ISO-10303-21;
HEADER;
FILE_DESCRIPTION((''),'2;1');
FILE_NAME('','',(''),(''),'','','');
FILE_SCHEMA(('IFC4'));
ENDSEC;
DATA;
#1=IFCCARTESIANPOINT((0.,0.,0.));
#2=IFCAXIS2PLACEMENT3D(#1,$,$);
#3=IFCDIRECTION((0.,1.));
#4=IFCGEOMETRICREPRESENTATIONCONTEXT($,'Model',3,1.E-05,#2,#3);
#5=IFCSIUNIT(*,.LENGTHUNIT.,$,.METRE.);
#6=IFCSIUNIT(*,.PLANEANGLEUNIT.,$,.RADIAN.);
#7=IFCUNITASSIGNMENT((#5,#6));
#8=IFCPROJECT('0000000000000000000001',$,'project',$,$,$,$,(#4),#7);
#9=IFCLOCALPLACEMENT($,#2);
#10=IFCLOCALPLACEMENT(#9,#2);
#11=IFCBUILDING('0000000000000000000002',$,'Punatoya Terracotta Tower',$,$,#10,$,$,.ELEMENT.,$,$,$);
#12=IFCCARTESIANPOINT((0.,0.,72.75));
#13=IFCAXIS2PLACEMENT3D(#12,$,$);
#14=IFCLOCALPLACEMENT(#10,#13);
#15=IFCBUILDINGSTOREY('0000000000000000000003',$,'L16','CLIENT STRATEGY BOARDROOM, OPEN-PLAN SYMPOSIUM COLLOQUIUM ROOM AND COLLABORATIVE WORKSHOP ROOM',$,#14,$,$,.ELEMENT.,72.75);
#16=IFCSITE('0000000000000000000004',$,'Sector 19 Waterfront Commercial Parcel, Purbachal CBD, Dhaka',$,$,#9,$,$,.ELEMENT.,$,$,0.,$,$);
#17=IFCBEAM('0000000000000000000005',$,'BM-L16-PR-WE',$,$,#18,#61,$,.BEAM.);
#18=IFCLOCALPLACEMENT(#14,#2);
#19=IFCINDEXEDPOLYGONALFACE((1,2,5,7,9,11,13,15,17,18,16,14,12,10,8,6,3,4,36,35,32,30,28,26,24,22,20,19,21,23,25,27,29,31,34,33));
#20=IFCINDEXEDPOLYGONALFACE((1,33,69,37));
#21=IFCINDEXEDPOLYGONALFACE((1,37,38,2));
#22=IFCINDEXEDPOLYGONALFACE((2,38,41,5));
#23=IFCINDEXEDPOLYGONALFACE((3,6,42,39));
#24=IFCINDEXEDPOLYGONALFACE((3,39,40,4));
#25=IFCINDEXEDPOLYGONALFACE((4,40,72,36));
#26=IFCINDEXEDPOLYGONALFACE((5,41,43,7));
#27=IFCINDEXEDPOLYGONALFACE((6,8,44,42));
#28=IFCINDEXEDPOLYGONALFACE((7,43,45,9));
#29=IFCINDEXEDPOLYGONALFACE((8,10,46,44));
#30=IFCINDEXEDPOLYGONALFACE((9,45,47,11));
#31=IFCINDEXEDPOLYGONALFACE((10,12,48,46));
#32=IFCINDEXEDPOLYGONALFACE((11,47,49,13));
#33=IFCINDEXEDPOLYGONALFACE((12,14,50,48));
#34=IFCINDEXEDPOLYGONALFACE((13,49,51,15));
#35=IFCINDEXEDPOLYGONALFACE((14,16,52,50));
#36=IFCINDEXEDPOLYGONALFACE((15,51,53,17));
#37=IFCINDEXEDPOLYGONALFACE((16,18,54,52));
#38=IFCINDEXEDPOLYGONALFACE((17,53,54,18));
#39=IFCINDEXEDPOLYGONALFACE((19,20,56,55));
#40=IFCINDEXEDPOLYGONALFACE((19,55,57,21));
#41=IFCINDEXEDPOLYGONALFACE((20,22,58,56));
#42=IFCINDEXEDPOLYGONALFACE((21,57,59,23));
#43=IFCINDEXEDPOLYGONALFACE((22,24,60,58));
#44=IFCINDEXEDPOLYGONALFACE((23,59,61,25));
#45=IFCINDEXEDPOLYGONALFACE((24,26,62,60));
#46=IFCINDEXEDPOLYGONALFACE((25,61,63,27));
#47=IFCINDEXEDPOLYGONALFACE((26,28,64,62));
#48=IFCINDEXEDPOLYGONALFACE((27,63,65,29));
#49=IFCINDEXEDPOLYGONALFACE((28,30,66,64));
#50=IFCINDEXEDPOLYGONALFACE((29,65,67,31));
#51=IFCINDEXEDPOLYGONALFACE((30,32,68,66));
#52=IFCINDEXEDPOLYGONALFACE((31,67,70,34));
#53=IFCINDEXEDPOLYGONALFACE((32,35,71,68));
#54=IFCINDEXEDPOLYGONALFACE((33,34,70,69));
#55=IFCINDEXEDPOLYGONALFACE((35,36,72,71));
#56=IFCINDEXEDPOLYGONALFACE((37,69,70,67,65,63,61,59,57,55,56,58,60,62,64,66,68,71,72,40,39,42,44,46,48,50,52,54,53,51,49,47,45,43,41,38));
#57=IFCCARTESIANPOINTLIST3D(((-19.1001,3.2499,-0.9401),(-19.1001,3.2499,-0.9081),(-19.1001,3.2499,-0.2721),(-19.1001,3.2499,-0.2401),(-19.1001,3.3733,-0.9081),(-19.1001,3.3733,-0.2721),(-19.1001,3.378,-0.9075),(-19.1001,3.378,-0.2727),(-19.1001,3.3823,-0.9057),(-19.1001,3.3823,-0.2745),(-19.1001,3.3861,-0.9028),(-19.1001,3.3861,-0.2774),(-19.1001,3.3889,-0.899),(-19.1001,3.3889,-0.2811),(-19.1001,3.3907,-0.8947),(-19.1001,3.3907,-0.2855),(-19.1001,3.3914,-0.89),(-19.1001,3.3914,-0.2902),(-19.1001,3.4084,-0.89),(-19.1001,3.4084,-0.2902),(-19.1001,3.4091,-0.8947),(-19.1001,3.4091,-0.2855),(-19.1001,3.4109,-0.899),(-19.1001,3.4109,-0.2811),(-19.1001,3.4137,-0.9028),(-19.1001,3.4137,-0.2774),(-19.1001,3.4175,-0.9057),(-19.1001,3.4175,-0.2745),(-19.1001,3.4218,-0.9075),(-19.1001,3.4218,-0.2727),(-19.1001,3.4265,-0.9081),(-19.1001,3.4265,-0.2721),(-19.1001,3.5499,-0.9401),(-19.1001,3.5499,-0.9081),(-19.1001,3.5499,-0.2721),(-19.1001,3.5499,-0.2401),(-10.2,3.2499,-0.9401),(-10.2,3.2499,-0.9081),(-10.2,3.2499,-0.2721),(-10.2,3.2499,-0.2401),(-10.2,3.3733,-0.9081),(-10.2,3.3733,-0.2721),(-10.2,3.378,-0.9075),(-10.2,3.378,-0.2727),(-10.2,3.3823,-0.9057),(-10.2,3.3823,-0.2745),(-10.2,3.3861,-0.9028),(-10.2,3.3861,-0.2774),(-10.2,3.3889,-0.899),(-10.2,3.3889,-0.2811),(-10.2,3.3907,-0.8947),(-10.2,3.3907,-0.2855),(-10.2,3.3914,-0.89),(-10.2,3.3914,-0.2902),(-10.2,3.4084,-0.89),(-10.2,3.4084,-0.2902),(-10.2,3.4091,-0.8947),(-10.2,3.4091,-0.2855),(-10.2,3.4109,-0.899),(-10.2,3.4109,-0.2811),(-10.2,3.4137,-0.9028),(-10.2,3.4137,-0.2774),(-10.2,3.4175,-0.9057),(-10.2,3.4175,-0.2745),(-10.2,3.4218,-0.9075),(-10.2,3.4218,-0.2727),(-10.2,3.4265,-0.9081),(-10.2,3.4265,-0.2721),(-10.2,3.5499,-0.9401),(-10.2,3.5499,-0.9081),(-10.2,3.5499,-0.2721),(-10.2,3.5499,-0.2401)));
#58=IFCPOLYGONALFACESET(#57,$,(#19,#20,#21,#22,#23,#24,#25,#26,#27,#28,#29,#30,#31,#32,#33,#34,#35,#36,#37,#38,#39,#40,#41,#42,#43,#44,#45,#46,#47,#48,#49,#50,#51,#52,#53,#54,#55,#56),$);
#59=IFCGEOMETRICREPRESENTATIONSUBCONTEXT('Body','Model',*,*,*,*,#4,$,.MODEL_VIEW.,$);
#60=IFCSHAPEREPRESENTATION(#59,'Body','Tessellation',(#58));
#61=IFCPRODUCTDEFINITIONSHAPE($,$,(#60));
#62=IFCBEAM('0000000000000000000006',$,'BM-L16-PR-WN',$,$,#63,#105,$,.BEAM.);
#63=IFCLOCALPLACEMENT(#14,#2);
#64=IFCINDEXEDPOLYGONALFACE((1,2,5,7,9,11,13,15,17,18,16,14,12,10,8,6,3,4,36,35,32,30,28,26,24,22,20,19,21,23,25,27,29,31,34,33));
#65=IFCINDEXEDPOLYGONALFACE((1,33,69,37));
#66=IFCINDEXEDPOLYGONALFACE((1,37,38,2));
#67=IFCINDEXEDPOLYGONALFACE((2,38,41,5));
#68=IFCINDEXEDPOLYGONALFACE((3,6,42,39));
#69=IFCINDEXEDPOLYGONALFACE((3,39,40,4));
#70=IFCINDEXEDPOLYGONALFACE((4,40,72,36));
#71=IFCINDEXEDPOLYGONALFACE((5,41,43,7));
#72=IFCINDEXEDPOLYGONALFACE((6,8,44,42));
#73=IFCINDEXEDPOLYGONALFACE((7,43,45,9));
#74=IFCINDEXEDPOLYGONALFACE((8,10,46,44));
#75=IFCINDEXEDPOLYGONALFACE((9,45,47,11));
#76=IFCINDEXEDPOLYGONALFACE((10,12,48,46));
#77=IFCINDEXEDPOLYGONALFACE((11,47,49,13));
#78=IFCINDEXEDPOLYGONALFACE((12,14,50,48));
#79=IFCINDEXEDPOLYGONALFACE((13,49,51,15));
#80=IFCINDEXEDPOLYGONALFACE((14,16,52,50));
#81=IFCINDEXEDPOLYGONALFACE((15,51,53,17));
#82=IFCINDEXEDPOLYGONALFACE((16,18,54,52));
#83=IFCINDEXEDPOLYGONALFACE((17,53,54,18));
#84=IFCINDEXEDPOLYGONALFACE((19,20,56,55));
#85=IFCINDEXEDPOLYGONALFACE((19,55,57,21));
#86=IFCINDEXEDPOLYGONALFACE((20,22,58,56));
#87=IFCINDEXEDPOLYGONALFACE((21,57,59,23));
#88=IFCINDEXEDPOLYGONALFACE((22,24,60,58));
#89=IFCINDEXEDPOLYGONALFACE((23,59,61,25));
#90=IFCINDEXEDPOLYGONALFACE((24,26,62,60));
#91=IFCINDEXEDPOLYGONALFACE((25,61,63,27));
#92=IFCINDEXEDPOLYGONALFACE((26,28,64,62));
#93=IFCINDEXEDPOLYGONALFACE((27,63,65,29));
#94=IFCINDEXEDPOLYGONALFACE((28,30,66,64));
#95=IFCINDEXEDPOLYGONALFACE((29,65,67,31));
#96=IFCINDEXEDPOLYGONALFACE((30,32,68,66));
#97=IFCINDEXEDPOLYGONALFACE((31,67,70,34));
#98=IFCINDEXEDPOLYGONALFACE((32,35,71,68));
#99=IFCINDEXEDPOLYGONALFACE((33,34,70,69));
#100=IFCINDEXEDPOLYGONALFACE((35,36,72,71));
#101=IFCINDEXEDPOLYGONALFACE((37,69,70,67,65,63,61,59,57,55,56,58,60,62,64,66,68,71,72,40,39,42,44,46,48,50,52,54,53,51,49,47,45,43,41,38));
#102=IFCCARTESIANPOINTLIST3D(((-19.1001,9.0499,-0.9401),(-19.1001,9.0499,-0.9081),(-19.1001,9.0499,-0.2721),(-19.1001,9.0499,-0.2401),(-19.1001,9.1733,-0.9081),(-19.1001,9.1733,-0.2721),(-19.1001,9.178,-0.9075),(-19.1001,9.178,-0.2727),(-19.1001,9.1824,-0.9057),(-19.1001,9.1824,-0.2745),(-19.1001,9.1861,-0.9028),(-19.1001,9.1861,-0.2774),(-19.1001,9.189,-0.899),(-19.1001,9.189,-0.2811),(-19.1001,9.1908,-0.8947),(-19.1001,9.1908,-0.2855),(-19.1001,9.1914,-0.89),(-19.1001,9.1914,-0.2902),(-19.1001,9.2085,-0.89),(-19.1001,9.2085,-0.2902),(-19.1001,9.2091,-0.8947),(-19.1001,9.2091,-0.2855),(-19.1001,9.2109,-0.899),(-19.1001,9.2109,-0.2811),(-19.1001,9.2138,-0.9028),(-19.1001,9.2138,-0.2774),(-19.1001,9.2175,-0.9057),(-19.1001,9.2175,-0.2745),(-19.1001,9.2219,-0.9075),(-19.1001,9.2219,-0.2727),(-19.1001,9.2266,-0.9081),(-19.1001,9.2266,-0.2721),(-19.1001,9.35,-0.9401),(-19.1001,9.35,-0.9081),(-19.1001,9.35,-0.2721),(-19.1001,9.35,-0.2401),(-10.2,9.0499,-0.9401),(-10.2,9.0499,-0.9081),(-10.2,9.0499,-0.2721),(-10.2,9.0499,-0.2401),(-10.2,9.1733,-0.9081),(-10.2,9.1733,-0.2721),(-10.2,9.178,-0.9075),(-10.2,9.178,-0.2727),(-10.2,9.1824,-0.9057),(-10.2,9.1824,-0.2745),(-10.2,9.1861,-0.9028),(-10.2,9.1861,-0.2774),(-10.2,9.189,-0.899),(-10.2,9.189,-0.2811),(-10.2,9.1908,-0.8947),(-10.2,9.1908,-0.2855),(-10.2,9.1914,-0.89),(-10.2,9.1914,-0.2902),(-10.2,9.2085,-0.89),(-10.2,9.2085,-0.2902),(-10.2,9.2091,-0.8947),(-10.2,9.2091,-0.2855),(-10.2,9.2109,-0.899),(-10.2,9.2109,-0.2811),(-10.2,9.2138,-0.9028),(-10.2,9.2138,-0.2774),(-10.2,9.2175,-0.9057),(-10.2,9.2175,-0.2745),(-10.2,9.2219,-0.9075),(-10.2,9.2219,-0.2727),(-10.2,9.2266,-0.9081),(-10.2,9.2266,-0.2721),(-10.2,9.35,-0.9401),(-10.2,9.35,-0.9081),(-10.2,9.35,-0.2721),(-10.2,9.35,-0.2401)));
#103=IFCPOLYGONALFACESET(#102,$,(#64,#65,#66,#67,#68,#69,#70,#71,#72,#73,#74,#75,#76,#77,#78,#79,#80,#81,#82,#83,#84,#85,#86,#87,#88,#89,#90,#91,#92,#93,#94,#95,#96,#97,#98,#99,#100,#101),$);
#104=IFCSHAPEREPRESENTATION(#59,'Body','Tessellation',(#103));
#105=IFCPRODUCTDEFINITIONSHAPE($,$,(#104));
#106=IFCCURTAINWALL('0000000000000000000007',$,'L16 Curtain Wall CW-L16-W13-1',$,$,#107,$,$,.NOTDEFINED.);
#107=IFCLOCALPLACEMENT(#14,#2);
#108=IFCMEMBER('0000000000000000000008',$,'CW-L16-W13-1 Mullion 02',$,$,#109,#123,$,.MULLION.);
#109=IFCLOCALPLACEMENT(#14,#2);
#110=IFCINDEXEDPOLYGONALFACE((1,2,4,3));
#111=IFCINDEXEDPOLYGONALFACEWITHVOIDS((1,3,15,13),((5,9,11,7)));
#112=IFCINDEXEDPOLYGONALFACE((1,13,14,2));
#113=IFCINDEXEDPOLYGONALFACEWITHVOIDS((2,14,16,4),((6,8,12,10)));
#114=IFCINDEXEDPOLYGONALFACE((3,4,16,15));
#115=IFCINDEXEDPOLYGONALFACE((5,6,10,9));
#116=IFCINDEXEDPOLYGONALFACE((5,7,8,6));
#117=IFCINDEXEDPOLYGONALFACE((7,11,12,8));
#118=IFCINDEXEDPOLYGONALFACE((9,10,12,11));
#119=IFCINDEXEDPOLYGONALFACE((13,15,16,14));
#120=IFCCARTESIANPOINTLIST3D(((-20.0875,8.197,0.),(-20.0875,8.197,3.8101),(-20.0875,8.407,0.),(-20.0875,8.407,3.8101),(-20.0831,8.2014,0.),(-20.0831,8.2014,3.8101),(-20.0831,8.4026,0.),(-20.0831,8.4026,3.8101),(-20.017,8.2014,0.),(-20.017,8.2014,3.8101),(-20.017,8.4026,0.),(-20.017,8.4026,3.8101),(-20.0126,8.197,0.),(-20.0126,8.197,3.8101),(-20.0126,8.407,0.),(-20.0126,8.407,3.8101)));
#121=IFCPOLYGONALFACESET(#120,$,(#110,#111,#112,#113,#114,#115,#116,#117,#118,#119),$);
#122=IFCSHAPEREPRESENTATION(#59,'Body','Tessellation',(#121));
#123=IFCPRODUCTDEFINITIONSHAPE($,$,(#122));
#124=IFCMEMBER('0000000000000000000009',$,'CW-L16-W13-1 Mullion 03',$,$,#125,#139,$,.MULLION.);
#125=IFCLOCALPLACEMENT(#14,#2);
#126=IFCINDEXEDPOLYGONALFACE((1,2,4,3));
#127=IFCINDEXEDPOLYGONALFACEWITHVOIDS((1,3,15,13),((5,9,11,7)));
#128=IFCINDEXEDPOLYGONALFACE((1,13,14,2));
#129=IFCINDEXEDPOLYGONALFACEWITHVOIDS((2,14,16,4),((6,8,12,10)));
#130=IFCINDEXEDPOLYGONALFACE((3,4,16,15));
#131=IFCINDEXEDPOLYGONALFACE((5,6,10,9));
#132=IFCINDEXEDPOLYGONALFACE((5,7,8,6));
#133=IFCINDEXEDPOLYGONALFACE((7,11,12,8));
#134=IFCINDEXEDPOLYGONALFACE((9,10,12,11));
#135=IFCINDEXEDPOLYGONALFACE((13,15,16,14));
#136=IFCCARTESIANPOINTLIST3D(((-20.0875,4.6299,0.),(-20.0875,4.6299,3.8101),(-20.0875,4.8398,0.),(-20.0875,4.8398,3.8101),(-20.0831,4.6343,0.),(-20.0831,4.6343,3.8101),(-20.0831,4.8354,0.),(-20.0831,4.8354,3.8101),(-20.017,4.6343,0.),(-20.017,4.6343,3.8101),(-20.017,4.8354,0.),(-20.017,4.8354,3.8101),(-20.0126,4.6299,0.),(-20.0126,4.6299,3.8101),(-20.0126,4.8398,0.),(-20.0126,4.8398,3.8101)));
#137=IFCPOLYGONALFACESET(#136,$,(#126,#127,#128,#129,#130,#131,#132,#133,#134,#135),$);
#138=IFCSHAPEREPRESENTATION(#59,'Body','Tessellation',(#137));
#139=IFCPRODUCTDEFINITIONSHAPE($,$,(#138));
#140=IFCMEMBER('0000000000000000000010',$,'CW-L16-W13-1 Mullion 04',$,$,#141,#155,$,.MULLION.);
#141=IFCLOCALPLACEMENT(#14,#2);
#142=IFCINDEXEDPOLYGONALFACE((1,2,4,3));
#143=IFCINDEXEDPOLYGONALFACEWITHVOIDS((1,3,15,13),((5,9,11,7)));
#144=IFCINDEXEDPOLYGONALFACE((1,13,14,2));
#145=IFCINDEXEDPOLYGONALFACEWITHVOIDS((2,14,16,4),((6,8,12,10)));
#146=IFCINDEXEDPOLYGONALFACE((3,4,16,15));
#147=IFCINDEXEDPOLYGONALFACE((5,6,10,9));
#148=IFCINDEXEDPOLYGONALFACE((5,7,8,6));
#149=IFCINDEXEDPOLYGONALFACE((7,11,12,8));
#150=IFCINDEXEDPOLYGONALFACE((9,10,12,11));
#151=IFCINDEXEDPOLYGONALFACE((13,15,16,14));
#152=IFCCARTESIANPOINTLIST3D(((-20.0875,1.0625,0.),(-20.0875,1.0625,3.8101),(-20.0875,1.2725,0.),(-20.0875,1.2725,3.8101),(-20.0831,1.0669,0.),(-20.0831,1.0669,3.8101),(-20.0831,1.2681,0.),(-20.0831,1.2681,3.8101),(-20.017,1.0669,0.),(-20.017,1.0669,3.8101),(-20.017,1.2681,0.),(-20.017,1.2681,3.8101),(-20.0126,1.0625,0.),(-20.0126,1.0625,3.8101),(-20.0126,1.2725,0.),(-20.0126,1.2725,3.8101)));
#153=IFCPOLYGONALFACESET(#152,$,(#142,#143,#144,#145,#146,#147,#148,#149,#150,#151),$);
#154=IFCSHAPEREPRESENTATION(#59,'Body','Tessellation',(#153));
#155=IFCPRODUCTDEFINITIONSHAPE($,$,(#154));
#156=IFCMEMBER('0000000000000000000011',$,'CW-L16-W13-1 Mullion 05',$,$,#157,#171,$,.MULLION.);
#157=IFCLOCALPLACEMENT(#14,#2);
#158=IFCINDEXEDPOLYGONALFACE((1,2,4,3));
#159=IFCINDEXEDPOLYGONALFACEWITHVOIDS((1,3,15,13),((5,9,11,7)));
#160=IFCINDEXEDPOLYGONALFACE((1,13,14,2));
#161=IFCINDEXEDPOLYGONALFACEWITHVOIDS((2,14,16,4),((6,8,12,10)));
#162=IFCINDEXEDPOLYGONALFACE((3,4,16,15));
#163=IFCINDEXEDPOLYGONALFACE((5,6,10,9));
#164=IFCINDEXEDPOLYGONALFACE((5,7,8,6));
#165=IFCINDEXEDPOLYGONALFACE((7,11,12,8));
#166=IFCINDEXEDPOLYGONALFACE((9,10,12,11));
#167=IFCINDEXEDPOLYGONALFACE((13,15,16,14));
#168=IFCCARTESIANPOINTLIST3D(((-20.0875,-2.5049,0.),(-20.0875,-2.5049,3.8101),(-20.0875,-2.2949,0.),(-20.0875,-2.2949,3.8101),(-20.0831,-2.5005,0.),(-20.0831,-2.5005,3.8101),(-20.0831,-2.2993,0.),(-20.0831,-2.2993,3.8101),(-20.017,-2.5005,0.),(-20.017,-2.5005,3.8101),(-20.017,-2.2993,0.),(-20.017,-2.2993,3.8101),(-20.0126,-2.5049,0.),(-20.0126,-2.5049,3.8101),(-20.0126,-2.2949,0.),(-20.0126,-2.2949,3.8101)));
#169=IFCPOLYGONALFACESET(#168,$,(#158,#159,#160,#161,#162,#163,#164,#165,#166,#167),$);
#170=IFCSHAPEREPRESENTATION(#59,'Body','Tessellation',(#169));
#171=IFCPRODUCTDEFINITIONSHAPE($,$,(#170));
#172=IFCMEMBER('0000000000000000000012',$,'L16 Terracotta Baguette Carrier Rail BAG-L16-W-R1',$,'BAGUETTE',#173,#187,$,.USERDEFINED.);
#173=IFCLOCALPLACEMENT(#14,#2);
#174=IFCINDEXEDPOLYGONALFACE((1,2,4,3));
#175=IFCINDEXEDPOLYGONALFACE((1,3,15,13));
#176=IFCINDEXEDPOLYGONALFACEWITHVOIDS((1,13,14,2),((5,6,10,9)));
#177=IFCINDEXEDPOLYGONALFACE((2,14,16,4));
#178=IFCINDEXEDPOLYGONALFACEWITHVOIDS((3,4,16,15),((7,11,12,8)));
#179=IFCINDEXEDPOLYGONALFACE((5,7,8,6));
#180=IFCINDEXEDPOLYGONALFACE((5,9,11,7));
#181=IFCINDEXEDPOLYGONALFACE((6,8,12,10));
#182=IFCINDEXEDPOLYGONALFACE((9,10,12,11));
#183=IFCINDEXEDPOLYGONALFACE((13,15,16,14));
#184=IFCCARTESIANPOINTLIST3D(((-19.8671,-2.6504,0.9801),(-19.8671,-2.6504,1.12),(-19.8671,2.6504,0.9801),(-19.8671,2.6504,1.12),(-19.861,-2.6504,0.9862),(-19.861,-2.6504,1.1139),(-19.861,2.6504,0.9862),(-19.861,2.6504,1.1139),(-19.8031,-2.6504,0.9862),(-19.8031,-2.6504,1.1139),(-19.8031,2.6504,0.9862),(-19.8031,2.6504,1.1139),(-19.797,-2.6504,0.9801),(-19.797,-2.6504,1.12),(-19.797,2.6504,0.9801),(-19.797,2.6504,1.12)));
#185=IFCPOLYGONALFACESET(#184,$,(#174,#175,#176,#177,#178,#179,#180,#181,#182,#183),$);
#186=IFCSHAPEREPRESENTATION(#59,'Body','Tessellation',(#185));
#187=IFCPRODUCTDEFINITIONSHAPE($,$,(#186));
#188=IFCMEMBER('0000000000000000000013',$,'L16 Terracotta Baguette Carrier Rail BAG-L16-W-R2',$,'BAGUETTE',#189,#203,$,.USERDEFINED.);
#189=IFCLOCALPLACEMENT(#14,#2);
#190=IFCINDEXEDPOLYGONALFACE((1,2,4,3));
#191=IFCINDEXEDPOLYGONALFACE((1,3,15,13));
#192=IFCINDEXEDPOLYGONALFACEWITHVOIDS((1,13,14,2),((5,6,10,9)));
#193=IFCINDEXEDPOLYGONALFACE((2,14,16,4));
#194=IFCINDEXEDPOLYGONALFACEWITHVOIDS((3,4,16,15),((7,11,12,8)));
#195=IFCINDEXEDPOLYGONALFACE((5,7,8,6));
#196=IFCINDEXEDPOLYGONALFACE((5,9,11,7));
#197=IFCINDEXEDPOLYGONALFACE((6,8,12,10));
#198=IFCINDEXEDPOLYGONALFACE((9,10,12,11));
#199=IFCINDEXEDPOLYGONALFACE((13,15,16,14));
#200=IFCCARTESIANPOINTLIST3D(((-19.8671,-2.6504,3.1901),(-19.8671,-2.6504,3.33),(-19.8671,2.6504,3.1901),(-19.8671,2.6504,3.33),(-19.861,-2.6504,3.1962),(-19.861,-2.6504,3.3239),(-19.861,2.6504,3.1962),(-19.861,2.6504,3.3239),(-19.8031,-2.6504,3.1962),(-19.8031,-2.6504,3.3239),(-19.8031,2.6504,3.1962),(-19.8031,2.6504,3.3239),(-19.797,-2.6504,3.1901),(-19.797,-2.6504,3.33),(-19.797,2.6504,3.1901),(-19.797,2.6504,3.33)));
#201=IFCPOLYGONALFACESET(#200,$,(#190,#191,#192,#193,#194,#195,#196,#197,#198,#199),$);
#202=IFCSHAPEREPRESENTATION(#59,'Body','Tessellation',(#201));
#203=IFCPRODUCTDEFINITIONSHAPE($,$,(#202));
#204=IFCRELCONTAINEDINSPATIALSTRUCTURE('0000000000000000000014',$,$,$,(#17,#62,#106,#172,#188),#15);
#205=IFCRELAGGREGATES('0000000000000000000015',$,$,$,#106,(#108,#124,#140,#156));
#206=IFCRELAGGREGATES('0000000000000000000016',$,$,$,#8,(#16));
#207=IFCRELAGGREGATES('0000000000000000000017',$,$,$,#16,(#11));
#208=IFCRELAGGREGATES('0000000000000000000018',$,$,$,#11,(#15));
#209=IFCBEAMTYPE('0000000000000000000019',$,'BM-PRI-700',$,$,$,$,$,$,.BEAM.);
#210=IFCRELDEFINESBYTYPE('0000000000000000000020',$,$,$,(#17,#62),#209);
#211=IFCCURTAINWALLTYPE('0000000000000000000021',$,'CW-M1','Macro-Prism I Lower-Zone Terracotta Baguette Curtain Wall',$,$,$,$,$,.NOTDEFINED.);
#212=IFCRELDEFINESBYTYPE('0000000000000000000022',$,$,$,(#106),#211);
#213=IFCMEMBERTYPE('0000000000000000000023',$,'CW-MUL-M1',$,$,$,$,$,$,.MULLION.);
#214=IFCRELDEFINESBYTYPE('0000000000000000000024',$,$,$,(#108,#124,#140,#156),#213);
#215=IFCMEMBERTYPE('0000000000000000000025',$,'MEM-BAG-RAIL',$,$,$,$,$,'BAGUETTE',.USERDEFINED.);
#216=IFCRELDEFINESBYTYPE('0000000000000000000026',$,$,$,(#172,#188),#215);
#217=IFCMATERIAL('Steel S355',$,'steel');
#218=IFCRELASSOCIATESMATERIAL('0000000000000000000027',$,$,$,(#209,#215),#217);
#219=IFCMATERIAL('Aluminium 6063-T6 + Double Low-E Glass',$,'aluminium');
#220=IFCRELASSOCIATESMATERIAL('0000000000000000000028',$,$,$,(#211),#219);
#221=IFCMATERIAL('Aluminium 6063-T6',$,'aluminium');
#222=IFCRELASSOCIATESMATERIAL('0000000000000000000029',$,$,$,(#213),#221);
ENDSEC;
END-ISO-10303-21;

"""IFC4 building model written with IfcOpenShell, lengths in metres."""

from ifc_helpers import new_model, si_unit, direction, frame, origin, origin_2d, place, context, subcontext, project, spatial, hollow_rectangle, i_section, extrude, material, material_profile, profile_set, type_object, element, aggregate, save


model = new_model("IFC4")

# Units and contexts
model_context = context("Model", 3, precision=1e-05, world=origin(), true_north=direction((0.0, 1.0)))
body_context = subcontext(model_context, "Body", "Model", "MODEL_VIEW")
ifc_project = project(units=[si_unit("LENGTHUNIT", "METRE"), si_unit("PLANEANGLEUNIT", "RADIAN")], contexts=[model_context])

# Site, building, storey
site_placement = place(None, origin())
site = spatial("IfcSite", under=ifc_project, at=site_placement, Name="Sector 19 Waterfront Commercial Parcel, Purbachal CBD, Dhaka", CompositionType="ELEMENT", RefElevation=0.0)
building_placement = place(site_placement, origin())
building = spatial("IfcBuilding", under=site, at=building_placement, Name="Punatoya Terracotta Tower", CompositionType="ELEMENT")
storey_placement = place(building_placement, frame((0.0, 0.0, 72.75)))
storey = spatial("IfcBuildingStorey", under=building, at=storey_placement, Name="L16", Description="CLIENT STRATEGY BOARDROOM, OPEN-PLAN SYMPOSIUM COLLOQUIUM ROOM AND COLLABORATIVE WORKSHOP ROOM", CompositionType="ELEMENT", Elevation=72.75)

# Beams
ifc_material_1 = material(Name="Steel S355", Category="steel")
ifc_material_profile_1 = material_profile(ifc_material_1, i_section(OverallWidth=0.3, OverallDepth=0.7, WebThickness=0.0171, FlangeThickness=0.032, FilletRadius=0.0181, at=origin_2d()))
ifc_profile_set_1 = profile_set([ifc_material_profile_1], Name="Steel S355")
beam_type = type_object("IfcBeamType", Name="BM-PRI-700", PredefinedType="BEAM", material=ifc_profile_set_1)
for number, where, z_axis, x_axis, name in (
    (1, (-19.1001, 3.3999, -0.5901), (1.0, 0.0, 0.0), (0.0, 1.0, 0.0), "BM-L16-PR-WE"),
    (2, (-19.1001, 9.2, -0.5901), (1.0, 0.0, 0.0), (0.0, 1.0, 0.0), "BM-L16-PR-WN"),
):
    element("IfcBeam", number, at=place(storey_placement, frame(where, z_axis=z_axis, x_axis=x_axis)), inside=storey, type_object=beam_type, Name=name, PredefinedType="BEAM", context=body_context, shape_type="SweptSolid", body=[
        extrude(i_section(OverallWidth=0.3, OverallDepth=0.7, WebThickness=0.0171, FlangeThickness=0.032, FilletRadius=0.0181, at=origin_2d()), origin(), (0.0, 0.0, 1.0), 8.9001),
    ])

# Curtain wall, members
ifc_material_2 = material(Name="Aluminium 6063-T6 + Double Low-E Glass", Category="aluminium")
curtain_wall_type = type_object("IfcCurtainWallType", Name="CW-M1", Description="Macro-Prism I Lower-Zone Terracotta Baguette Curtain Wall", PredefinedType="NOTDEFINED", material=ifc_material_2)
curtain_wall_placement = place(storey_placement, origin())
curtain_wall = element("IfcCurtainWall", 3, at=curtain_wall_placement, inside=storey, type_object=curtain_wall_type, Name="L16 Curtain Wall CW-L16-W13-1", PredefinedType="NOTDEFINED")
ifc_material_3 = material(Name="Aluminium 6063-T6", Category="aluminium")
ifc_material_profile_2 = material_profile(ifc_material_3, hollow_rectangle(XDim=0.075, YDim=0.21, WallThickness=0.0044, at=origin_2d()))
ifc_profile_set_2 = profile_set([ifc_material_profile_2], Name="Aluminium 6063-T6")
member_type_1 = type_object("IfcMemberType", Name="CW-MUL-M1", PredefinedType="MULLION", material=ifc_profile_set_2)
member_1_placement = place(storey_placement, frame((-20.05, 8.302, 0.0), z_axis=(0.0, 0.0, 1.0), x_axis=(1.0, 0.0, 0.0)))
member_1 = element("IfcMember", 4, at=member_1_placement, type_object=member_type_1, Name="CW-L16-W13-1 Mullion 02", PredefinedType="MULLION", context=body_context, shape_type="SweptSolid", body=[
    extrude(hollow_rectangle(XDim=0.075, YDim=0.21, WallThickness=0.0044, at=origin_2d()), origin(), (0.0, 0.0, 1.0), 3.8101),
])
member_2_placement = place(storey_placement, frame((-20.05, 4.7349, 0.0), z_axis=(0.0, 0.0, 1.0), x_axis=(1.0, 0.0, 0.0)))
member_2 = element("IfcMember", 5, at=member_2_placement, type_object=member_type_1, Name="CW-L16-W13-1 Mullion 03", PredefinedType="MULLION", context=body_context, shape_type="SweptSolid", body=[
    extrude(hollow_rectangle(XDim=0.075, YDim=0.21, WallThickness=0.0044, at=origin_2d()), origin(), (0.0, 0.0, 1.0), 3.8101),
])
member_3_placement = place(storey_placement, frame((-20.05, 1.1675, 0.0), z_axis=(0.0, 0.0, 1.0), x_axis=(1.0, 0.0, 0.0)))
member_3 = element("IfcMember", 6, at=member_3_placement, type_object=member_type_1, Name="CW-L16-W13-1 Mullion 04", PredefinedType="MULLION", context=body_context, shape_type="SweptSolid", body=[
    extrude(hollow_rectangle(XDim=0.075, YDim=0.21, WallThickness=0.0044, at=origin_2d()), origin(), (0.0, 0.0, 1.0), 3.8101),
])
member_4_placement = place(storey_placement, frame((-20.05, -2.3999, 0.0), z_axis=(0.0, 0.0, 1.0), x_axis=(1.0, 0.0, 0.0)))
member_4 = element("IfcMember", 7, at=member_4_placement, type_object=member_type_1, Name="CW-L16-W13-1 Mullion 05", PredefinedType="MULLION", context=body_context, shape_type="SweptSolid", body=[
    extrude(hollow_rectangle(XDim=0.075, YDim=0.21, WallThickness=0.0044, at=origin_2d()), origin(), (0.0, 0.0, 1.0), 3.8101),
])

# Members
ifc_material_profile_3 = material_profile(ifc_material_1, hollow_rectangle(XDim=0.0701, YDim=0.1399, WallThickness=0.0061, at=origin_2d()))
ifc_profile_set_3 = profile_set([ifc_material_profile_3], Name="Steel S355")
member_type_2 = type_object("IfcMemberType", Name="MEM-BAG-RAIL", ElementType="BAGUETTE", PredefinedType="USERDEFINED", material=ifc_profile_set_3)
for number, where, z_axis, x_axis, name in (
    (8, (-19.832, -2.6504, 1.05), (0.0, 1.0, 0.0), (-1.0, 0.0, 0.0), "L16 Terracotta Baguette Carrier Rail BAG-L16-W-R1"),
    (9, (-19.832, -2.6504, 3.26), (0.0, 1.0, 0.0), (-1.0, 0.0, 0.0), "L16 Terracotta Baguette Carrier Rail BAG-L16-W-R2"),
):
    element("IfcMember", number, at=place(storey_placement, frame(where, z_axis=z_axis, x_axis=x_axis)), inside=storey, type_object=member_type_2, Name=name, ObjectType="BAGUETTE", PredefinedType="USERDEFINED", context=body_context, shape_type="SweptSolid", body=[
        extrude(hollow_rectangle(XDim=0.0701, YDim=0.1399, WallThickness=0.0061, at=origin_2d()), origin(), (0.0, 0.0, 1.0), 5.3008),
    ])

aggregate(curtain_wall, [member_1, member_2, member_3, member_4])

save(model, "model.ifc")
